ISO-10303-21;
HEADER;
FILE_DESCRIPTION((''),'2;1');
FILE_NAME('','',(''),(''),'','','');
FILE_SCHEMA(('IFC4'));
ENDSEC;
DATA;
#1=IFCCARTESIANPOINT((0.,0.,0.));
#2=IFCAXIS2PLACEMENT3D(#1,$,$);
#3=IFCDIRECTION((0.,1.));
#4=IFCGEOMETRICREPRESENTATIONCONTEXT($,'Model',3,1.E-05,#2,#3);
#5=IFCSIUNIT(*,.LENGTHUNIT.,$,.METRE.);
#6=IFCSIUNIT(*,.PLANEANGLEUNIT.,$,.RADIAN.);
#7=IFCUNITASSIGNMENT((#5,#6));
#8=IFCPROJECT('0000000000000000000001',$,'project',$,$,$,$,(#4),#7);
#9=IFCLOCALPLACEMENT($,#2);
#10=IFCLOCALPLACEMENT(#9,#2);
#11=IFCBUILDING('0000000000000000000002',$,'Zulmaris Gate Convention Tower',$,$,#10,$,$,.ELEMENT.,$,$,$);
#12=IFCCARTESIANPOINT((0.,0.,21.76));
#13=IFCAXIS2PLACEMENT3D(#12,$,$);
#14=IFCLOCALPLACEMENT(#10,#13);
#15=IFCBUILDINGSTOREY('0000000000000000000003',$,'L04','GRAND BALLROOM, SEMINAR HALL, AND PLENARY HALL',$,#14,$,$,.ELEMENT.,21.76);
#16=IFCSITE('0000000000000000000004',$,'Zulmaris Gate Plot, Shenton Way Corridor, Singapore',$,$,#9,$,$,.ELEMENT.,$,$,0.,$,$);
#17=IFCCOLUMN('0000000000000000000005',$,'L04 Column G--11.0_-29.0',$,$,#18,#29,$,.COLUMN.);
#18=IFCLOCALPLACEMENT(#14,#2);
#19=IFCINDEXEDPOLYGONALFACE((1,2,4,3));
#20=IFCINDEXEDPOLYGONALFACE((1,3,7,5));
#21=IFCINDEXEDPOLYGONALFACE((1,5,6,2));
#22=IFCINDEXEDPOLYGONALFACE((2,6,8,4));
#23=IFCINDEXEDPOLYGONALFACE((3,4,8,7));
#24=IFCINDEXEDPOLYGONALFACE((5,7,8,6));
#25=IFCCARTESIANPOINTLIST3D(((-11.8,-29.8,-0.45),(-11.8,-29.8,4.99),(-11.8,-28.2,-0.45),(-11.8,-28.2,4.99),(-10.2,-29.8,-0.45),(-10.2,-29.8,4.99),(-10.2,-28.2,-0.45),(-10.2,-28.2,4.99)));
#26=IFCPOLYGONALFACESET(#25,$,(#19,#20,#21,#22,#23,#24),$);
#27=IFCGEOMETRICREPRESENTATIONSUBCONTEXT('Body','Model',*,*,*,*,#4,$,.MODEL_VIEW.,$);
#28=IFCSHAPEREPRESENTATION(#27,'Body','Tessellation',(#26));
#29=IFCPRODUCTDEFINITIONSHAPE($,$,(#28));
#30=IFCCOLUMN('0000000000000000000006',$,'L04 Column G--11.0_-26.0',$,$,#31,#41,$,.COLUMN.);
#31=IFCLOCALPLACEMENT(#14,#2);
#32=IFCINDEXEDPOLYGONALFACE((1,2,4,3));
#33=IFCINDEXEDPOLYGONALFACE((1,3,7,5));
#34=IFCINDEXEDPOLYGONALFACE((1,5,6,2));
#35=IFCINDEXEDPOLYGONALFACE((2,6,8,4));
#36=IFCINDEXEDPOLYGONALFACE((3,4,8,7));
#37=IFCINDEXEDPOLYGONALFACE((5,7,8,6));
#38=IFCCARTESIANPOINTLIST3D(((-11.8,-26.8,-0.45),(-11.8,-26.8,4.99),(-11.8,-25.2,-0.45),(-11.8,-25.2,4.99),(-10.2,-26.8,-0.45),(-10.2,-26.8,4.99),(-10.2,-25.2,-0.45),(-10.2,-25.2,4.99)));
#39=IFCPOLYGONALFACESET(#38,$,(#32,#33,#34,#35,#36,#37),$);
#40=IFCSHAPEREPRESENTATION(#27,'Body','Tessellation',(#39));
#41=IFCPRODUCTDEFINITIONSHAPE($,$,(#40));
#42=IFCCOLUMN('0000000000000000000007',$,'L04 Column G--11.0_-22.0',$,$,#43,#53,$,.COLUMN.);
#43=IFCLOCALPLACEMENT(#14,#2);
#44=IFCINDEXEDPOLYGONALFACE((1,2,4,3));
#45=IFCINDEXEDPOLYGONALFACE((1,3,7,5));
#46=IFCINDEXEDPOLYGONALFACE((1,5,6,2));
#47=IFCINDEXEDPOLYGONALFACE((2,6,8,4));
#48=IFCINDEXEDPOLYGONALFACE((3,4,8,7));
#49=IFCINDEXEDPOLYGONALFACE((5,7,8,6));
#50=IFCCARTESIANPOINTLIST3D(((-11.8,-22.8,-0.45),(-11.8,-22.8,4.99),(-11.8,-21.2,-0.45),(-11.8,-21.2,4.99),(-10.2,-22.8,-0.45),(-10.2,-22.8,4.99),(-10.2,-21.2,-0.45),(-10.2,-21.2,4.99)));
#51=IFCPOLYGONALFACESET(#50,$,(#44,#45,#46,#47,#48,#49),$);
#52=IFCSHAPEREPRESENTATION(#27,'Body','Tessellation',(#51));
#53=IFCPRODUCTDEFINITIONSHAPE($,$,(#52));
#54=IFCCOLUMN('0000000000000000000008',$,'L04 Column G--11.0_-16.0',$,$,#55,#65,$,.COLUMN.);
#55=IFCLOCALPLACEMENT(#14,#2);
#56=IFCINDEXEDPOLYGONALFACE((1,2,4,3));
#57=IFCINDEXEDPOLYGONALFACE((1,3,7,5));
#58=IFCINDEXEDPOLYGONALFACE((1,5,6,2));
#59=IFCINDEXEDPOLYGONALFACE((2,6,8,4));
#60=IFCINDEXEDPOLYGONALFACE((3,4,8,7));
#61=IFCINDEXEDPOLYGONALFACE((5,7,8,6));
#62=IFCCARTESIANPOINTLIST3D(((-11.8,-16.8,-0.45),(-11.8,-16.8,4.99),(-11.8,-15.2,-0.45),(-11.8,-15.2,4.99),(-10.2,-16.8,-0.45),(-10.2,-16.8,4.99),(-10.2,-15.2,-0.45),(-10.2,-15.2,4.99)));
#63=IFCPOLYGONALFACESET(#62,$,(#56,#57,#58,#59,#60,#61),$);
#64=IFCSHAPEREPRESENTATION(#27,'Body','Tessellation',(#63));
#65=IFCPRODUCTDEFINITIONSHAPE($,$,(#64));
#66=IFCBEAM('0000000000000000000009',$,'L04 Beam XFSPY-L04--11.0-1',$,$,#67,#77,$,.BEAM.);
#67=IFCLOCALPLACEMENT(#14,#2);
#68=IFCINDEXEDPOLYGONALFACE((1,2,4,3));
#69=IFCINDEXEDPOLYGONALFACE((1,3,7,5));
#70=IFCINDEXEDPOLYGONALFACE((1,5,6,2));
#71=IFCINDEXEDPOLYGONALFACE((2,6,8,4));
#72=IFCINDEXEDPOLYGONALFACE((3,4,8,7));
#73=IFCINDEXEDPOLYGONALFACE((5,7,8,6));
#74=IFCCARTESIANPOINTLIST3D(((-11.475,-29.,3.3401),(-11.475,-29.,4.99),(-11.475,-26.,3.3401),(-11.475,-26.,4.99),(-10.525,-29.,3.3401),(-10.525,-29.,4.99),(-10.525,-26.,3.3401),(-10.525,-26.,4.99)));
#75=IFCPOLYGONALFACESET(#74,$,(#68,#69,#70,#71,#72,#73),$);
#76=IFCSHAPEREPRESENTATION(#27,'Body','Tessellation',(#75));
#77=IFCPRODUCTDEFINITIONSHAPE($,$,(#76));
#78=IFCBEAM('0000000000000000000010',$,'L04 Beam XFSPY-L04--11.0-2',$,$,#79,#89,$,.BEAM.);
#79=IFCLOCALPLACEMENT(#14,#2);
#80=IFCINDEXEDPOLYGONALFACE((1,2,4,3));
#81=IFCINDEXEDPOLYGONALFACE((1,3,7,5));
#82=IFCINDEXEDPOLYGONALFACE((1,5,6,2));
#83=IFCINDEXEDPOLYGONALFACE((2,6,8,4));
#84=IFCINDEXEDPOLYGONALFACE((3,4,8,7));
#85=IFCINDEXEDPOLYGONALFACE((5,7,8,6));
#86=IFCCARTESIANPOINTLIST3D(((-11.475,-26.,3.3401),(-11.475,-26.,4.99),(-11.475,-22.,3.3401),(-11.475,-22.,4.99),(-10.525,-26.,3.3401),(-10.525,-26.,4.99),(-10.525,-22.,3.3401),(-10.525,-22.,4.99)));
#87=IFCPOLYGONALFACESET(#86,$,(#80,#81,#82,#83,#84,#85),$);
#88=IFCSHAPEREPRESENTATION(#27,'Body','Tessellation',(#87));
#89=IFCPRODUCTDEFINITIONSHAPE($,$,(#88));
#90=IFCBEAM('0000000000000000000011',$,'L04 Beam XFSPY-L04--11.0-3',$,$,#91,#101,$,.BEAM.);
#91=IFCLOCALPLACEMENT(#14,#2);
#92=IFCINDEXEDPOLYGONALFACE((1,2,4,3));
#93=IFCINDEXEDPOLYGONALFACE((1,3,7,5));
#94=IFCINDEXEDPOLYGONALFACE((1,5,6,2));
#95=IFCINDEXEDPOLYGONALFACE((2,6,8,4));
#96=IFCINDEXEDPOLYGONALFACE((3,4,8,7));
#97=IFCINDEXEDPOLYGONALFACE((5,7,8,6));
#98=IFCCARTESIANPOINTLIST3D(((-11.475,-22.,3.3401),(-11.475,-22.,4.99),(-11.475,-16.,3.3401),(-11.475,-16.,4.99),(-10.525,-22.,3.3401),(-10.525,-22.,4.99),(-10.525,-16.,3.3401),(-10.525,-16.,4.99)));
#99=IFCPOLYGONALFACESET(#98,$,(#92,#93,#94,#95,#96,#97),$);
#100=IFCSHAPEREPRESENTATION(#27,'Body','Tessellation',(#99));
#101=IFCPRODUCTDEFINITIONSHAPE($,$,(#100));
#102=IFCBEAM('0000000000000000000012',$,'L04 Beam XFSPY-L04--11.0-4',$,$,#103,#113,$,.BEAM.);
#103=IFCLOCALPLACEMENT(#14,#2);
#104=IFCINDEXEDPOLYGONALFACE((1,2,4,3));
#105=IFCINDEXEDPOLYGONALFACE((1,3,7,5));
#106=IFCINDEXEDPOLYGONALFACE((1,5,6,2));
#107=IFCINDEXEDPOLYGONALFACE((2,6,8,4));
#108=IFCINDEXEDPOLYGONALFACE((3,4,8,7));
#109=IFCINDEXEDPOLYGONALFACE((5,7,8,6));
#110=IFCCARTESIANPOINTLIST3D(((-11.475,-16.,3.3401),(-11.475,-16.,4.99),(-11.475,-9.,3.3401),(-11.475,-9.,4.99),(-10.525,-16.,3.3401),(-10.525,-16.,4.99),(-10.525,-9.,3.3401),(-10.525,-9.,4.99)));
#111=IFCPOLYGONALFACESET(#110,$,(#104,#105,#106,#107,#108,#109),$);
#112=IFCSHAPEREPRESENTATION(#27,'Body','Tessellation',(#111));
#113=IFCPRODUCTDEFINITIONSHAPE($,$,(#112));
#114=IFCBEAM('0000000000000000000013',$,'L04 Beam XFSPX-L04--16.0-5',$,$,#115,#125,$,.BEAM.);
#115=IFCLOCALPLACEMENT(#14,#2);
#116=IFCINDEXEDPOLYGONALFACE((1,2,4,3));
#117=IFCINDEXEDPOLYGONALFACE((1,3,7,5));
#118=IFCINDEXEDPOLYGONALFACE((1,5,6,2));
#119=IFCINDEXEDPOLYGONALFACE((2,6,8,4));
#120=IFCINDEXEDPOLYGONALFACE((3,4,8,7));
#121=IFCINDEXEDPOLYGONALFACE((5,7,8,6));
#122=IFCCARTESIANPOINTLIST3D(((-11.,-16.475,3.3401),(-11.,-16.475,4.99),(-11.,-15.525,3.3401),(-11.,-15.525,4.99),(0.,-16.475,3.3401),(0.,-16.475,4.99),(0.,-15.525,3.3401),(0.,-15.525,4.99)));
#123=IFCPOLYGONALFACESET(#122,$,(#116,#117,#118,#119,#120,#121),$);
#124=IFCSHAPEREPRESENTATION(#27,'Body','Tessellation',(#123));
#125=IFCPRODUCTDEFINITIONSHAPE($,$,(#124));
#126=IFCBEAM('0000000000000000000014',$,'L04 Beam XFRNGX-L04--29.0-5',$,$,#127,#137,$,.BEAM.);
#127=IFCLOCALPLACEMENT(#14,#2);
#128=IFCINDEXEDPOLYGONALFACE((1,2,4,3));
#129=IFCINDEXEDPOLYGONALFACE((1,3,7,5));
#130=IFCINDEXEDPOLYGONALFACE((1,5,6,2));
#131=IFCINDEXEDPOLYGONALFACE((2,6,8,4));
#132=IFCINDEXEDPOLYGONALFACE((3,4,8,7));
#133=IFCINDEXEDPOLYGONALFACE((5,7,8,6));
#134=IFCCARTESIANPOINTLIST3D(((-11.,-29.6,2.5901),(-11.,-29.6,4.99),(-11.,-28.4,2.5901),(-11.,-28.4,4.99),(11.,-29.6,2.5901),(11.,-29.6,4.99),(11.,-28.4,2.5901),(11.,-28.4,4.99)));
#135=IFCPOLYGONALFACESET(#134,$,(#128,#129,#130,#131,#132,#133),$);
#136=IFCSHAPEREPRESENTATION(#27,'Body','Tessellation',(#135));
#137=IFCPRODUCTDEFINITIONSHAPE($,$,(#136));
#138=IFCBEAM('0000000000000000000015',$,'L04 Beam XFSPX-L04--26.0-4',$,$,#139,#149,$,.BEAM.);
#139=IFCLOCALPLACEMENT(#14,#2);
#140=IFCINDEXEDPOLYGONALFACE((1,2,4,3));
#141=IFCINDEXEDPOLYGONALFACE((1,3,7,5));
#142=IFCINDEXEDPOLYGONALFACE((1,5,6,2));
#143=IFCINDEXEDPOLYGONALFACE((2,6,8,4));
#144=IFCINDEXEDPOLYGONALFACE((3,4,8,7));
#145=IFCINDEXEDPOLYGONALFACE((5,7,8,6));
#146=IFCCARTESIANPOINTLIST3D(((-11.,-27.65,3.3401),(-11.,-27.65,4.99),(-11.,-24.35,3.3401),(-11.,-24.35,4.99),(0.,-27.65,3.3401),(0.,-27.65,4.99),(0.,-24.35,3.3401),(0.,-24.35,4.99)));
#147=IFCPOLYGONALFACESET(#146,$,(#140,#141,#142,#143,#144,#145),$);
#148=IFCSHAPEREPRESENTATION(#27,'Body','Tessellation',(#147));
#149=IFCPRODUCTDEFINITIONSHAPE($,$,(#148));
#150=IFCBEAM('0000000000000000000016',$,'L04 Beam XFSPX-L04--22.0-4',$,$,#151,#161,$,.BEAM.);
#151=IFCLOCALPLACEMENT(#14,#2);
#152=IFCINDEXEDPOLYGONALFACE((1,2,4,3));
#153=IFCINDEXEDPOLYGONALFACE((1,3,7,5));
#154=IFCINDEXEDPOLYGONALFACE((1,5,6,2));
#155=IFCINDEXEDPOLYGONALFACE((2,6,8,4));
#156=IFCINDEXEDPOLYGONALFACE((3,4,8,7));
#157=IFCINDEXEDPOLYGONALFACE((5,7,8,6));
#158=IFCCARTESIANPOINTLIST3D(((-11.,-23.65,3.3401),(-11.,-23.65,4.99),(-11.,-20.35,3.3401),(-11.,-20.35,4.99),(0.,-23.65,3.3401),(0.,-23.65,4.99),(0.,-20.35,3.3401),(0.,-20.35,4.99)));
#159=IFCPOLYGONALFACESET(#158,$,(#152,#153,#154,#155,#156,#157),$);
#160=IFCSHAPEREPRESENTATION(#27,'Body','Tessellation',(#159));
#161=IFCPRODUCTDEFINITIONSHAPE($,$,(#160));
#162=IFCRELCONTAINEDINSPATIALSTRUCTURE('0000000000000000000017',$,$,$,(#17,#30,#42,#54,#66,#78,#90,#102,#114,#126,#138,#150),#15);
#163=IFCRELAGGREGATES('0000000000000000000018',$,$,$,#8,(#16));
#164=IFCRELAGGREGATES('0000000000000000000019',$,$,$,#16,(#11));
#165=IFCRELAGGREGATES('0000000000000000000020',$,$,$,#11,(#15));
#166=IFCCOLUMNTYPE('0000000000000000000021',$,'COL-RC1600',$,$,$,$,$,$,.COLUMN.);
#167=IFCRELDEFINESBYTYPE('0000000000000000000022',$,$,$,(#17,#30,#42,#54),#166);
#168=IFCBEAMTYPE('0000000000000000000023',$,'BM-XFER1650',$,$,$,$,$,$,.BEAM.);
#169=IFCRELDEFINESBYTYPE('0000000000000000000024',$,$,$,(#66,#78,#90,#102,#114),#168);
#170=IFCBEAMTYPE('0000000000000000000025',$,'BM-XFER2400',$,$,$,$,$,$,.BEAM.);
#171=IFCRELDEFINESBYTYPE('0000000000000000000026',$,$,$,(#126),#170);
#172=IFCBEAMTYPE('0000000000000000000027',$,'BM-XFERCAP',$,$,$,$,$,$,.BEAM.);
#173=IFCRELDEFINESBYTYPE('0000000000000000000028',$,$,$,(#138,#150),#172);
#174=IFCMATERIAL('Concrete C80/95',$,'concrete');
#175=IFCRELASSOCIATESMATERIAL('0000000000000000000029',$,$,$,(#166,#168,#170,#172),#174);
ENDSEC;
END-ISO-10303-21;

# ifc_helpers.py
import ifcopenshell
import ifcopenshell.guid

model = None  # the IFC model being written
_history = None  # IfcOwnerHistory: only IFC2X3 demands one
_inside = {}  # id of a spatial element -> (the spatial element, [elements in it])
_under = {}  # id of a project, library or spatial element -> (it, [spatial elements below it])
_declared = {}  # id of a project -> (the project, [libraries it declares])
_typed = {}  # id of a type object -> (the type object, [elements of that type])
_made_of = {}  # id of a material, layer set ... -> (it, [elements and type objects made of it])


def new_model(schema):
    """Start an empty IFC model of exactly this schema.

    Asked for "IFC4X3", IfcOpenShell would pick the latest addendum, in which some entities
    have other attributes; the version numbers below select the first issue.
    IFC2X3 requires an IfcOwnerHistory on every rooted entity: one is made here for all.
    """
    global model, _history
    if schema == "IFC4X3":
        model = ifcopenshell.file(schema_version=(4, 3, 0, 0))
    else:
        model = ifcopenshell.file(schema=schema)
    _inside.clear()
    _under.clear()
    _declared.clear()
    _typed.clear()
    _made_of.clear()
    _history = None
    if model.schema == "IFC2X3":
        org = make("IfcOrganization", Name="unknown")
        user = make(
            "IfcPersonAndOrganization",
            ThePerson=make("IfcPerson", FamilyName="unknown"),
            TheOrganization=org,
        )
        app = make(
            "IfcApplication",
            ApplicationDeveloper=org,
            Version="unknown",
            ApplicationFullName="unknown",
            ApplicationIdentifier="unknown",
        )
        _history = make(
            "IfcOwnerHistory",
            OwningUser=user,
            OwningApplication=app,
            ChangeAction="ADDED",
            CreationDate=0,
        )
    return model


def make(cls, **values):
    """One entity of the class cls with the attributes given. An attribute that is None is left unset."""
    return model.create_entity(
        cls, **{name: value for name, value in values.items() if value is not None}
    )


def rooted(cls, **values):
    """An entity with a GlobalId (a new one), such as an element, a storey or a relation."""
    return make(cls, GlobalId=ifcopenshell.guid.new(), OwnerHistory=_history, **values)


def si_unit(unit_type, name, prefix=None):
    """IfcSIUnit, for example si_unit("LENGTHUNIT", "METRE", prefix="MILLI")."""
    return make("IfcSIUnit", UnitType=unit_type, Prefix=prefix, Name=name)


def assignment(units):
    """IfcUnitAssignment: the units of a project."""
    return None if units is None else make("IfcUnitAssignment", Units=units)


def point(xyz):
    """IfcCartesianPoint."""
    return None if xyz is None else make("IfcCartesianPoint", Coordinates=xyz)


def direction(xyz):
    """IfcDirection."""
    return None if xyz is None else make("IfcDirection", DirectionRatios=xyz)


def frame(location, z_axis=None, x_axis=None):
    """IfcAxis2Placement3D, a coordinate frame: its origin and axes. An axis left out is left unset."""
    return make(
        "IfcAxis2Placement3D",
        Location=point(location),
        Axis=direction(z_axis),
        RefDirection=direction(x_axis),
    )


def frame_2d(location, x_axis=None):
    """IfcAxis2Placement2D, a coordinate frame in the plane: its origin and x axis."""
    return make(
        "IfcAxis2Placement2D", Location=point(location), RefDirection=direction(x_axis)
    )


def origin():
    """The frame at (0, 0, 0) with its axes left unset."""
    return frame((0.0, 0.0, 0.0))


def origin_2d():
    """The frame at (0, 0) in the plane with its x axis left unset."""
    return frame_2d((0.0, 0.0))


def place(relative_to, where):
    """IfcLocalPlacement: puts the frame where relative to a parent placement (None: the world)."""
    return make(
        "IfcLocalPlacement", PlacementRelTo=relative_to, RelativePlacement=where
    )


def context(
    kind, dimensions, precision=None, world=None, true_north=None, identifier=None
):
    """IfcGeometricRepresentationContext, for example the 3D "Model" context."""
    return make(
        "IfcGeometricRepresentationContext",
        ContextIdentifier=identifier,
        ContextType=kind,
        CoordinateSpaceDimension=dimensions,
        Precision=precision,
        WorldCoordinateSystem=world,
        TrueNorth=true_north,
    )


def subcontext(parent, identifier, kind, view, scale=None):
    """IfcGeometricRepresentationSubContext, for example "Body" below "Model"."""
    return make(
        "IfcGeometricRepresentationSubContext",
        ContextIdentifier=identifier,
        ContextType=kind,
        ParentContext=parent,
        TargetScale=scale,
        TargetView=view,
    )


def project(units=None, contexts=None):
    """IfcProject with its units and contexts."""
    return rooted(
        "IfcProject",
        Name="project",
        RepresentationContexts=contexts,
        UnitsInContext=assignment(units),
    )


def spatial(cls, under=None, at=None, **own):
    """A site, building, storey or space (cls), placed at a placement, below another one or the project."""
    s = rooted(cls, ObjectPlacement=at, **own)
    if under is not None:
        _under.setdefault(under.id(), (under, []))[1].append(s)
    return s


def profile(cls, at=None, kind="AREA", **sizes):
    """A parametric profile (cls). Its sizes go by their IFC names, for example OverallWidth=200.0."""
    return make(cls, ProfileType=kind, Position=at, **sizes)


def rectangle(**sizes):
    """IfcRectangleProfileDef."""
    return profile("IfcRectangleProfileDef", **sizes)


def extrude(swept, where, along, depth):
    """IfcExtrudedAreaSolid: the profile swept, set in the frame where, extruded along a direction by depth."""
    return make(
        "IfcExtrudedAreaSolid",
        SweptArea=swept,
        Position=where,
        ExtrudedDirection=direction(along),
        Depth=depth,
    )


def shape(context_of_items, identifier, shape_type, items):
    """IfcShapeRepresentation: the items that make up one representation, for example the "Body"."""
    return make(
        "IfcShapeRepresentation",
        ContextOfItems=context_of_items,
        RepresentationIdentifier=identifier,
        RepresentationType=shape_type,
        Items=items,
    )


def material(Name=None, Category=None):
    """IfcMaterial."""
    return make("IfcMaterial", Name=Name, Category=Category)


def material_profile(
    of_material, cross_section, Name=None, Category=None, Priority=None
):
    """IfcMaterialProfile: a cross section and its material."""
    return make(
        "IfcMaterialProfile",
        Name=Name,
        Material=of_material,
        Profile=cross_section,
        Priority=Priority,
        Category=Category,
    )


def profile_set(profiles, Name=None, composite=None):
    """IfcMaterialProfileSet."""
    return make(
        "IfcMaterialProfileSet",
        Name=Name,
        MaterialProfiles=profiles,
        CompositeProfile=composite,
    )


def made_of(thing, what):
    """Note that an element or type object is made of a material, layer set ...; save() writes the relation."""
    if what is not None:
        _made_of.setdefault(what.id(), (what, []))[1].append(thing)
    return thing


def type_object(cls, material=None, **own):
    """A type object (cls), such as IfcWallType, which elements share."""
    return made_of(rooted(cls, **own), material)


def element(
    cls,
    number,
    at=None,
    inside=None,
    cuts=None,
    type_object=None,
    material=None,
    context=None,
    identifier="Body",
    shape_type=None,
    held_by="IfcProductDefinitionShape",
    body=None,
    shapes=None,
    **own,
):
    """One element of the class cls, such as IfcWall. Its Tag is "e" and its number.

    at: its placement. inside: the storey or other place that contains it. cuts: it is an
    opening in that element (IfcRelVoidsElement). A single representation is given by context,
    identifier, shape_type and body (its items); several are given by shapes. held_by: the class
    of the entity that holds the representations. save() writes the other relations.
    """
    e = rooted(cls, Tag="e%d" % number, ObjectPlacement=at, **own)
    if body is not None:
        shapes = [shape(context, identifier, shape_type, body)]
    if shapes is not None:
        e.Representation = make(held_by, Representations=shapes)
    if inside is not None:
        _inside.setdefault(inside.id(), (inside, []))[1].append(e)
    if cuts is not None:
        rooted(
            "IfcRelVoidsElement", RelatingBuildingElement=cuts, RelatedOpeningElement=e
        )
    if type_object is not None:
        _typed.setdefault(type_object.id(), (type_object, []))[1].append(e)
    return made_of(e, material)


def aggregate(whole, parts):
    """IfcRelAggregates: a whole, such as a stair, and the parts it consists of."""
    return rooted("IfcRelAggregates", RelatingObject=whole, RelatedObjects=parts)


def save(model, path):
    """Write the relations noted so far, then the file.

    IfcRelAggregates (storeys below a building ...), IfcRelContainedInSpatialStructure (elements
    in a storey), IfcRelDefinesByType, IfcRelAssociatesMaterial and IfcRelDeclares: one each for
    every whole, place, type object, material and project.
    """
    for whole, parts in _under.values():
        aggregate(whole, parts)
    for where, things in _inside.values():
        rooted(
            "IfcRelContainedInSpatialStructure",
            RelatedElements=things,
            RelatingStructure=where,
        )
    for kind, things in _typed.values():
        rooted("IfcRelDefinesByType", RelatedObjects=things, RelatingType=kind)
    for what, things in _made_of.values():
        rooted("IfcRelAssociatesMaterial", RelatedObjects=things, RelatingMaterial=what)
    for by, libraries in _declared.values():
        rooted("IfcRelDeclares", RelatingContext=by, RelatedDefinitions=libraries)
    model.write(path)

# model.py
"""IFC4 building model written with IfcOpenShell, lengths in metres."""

from ifc_helpers import new_model, si_unit, direction, frame, origin, origin_2d, place, context, subcontext, project, spatial, rectangle, extrude, material, material_profile, profile_set, type_object, element, save


model = new_model("IFC4")

# Units and contexts
model_context = context("Model", 3, precision=1e-05, world=origin(), true_north=direction((0.0, 1.0)))
body_context = subcontext(model_context, "Body", "Model", "MODEL_VIEW")
ifc_project = project(units=[si_unit("LENGTHUNIT", "METRE"), si_unit("PLANEANGLEUNIT", "RADIAN")], contexts=[model_context])

# Site, building, storey
site_placement = place(None, origin())
site = spatial("IfcSite", under=ifc_project, at=site_placement, Name="Zulmaris Gate Plot, Shenton Way Corridor, Singapore", CompositionType="ELEMENT", RefElevation=0.0)
building_placement = place(site_placement, origin())
building = spatial("IfcBuilding", under=site, at=building_placement, Name="Zulmaris Gate Convention Tower", CompositionType="ELEMENT")
storey_placement = place(building_placement, frame((0.0, 0.0, 21.76)))
storey = spatial("IfcBuildingStorey", under=building, at=storey_placement, Name="L04", Description="GRAND BALLROOM, SEMINAR HALL, AND PLENARY HALL", CompositionType="ELEMENT", Elevation=21.76)

# Columns
ifc_material_1 = material(Name="Concrete C80/95", Category="concrete")
ifc_material_profile_1 = material_profile(ifc_material_1, rectangle(XDim=1.6001, YDim=1.6001, at=origin_2d()), Name="RC COL 1600x1600")
ifc_profile_set_1 = profile_set([ifc_material_profile_1], Name="Concrete C80/95")
column_type = type_object("IfcColumnType", Name="COL-RC1600", PredefinedType="COLUMN", material=ifc_profile_set_1)
for number, where, z_axis, x_axis, name in (
    (1, (-11.0, -29.0, -0.45), (0.0, 0.0, 1.0), (1.0, 0.0, 0.0), "L04 Column G--11.0_-29.0"),
    (2, (-11.0, -26.0, -0.45), (0.0, 0.0, 1.0), (1.0, 0.0, 0.0), "L04 Column G--11.0_-26.0"),
    (3, (-11.0, -22.0, -0.45), (0.0, 0.0, 1.0), (1.0, 0.0, 0.0), "L04 Column G--11.0_-22.0"),
    (4, (-11.0, -16.0, -0.45), (0.0, 0.0, 1.0), (1.0, 0.0, 0.0), "L04 Column G--11.0_-16.0"),
):
    element("IfcColumn", number, at=place(storey_placement, frame(where, z_axis=z_axis, x_axis=x_axis)), inside=storey, type_object=column_type, Name=name, PredefinedType="COLUMN", context=body_context, shape_type="SweptSolid", body=[
        extrude(rectangle(XDim=1.6001, YDim=1.6001, at=origin_2d()), origin(), (0.0, 0.0, 1.0), 5.4399),
    ])

# Beams
ifc_material_profile_2 = material_profile(ifc_material_1, rectangle(XDim=0.95, YDim=1.6499, at=origin_2d()), Name="RC TRANSFER 950x1650")
ifc_profile_set_2 = profile_set([ifc_material_profile_2], Name="Concrete C80/95")
beam_type_1 = type_object("IfcBeamType", Name="BM-XFER1650", PredefinedType="BEAM", material=ifc_profile_set_2)
beam_1_placement = place(storey_placement, frame((-11.0, -29.0, 4.165), z_axis=(0.0, 1.0, 0.0), x_axis=(-1.0, 0.0, 0.0)))
element("IfcBeam", 5, at=beam_1_placement, inside=storey, type_object=beam_type_1, Name="L04 Beam XFSPY-L04--11.0-1", PredefinedType="BEAM", context=body_context, shape_type="SweptSolid", body=[
    extrude(rectangle(XDim=0.95, YDim=1.6499, at=origin_2d()), origin(), (0.0, 0.0, 1.0), 3.0),
])
beam_2_placement = place(storey_placement, frame((-11.0, -26.0, 4.165), z_axis=(0.0, 1.0, 0.0), x_axis=(-1.0, 0.0, 0.0)))
element("IfcBeam", 6, at=beam_2_placement, inside=storey, type_object=beam_type_1, Name="L04 Beam XFSPY-L04--11.0-2", PredefinedType="BEAM", context=body_context, shape_type="SweptSolid", body=[
    extrude(rectangle(XDim=0.95, YDim=1.6499, at=origin_2d()), origin(), (0.0, 0.0, 1.0), 4.0),
])
beam_3_placement = place(storey_placement, frame((-11.0, -22.0, 4.165), z_axis=(0.0, 1.0, 0.0), x_axis=(-1.0, 0.0, 0.0)))
element("IfcBeam", 7, at=beam_3_placement, inside=storey, type_object=beam_type_1, Name="L04 Beam XFSPY-L04--11.0-3", PredefinedType="BEAM", context=body_context, shape_type="SweptSolid", body=[
    extrude(rectangle(XDim=0.95, YDim=1.6499, at=origin_2d()), origin(), (0.0, 0.0, 1.0), 6.0),
])
beam_4_placement = place(storey_placement, frame((-11.0, -16.0, 4.165), z_axis=(0.0, 1.0, 0.0), x_axis=(-1.0, 0.0, 0.0)))
element("IfcBeam", 8, at=beam_4_placement, inside=storey, type_object=beam_type_1, Name="L04 Beam XFSPY-L04--11.0-4", PredefinedType="BEAM", context=body_context, shape_type="SweptSolid", body=[
    extrude(rectangle(XDim=0.95, YDim=1.6499, at=origin_2d()), origin(), (0.0, 0.0, 1.0), 7.0),
])
beam_5_placement = place(storey_placement, frame((-11.0, -16.0, 4.165), z_axis=(1.0, 0.0, 0.0), x_axis=(0.0, 1.0, 0.0)))
element("IfcBeam", 9, at=beam_5_placement, inside=storey, type_object=beam_type_1, Name="L04 Beam XFSPX-L04--16.0-5", PredefinedType="BEAM", context=body_context, shape_type="SweptSolid", body=[
    extrude(rectangle(XDim=0.95, YDim=1.6499, at=origin_2d()), origin(), (0.0, 0.0, 1.0), 11.0),
])
ifc_material_profile_3 = material_profile(ifc_material_1, rectangle(XDim=1.2, YDim=2.3999, at=origin_2d()), Name="RC TRANSFER 1200x2400")
ifc_profile_set_3 = profile_set([ifc_material_profile_3], Name="Concrete C80/95")
beam_type_2 = type_object("IfcBeamType", Name="BM-XFER2400", PredefinedType="BEAM", material=ifc_profile_set_3)
beam_6_placement = place(storey_placement, frame((-11.0, -29.0, 3.79), z_axis=(1.0, 0.0, 0.0), x_axis=(0.0, 1.0, 0.0)))
element("IfcBeam", 10, at=beam_6_placement, inside=storey, type_object=beam_type_2, Name="L04 Beam XFRNGX-L04--29.0-5", PredefinedType="BEAM", context=body_context, shape_type="SweptSolid", body=[
    extrude(rectangle(XDim=1.2, YDim=2.3999, at=origin_2d()), origin(), (0.0, 0.0, 1.0), 22.0),
])
ifc_material_profile_4 = material_profile(ifc_material_1, rectangle(XDim=3.3, YDim=1.6499, at=origin_2d()), Name="RC TRANSFER 3300x1650")
ifc_profile_set_4 = profile_set([ifc_material_profile_4], Name="Concrete C80/95")
beam_type_3 = type_object("IfcBeamType", Name="BM-XFERCAP", PredefinedType="BEAM", material=ifc_profile_set_4)
for number, where, z_axis, x_axis, name in (
    (11, (-11.0, -26.0, 4.165), (1.0, 0.0, 0.0), (0.0, 1.0, 0.0), "L04 Beam XFSPX-L04--26.0-4"),
    (12, (-11.0, -22.0, 4.165), (1.0, 0.0, 0.0), (0.0, 1.0, 0.0), "L04 Beam XFSPX-L04--22.0-4"),
):
    element("IfcBeam", number, at=place(storey_placement, frame(where, z_axis=z_axis, x_axis=x_axis)), inside=storey, type_object=beam_type_3, Name=name, PredefinedType="BEAM", context=body_context, shape_type="SweptSolid", body=[
        extrude(rectangle(XDim=3.3, YDim=1.6499, at=origin_2d()), origin(), (0.0, 0.0, 1.0), 11.0),
    ])

save(model, "model.ifc")
